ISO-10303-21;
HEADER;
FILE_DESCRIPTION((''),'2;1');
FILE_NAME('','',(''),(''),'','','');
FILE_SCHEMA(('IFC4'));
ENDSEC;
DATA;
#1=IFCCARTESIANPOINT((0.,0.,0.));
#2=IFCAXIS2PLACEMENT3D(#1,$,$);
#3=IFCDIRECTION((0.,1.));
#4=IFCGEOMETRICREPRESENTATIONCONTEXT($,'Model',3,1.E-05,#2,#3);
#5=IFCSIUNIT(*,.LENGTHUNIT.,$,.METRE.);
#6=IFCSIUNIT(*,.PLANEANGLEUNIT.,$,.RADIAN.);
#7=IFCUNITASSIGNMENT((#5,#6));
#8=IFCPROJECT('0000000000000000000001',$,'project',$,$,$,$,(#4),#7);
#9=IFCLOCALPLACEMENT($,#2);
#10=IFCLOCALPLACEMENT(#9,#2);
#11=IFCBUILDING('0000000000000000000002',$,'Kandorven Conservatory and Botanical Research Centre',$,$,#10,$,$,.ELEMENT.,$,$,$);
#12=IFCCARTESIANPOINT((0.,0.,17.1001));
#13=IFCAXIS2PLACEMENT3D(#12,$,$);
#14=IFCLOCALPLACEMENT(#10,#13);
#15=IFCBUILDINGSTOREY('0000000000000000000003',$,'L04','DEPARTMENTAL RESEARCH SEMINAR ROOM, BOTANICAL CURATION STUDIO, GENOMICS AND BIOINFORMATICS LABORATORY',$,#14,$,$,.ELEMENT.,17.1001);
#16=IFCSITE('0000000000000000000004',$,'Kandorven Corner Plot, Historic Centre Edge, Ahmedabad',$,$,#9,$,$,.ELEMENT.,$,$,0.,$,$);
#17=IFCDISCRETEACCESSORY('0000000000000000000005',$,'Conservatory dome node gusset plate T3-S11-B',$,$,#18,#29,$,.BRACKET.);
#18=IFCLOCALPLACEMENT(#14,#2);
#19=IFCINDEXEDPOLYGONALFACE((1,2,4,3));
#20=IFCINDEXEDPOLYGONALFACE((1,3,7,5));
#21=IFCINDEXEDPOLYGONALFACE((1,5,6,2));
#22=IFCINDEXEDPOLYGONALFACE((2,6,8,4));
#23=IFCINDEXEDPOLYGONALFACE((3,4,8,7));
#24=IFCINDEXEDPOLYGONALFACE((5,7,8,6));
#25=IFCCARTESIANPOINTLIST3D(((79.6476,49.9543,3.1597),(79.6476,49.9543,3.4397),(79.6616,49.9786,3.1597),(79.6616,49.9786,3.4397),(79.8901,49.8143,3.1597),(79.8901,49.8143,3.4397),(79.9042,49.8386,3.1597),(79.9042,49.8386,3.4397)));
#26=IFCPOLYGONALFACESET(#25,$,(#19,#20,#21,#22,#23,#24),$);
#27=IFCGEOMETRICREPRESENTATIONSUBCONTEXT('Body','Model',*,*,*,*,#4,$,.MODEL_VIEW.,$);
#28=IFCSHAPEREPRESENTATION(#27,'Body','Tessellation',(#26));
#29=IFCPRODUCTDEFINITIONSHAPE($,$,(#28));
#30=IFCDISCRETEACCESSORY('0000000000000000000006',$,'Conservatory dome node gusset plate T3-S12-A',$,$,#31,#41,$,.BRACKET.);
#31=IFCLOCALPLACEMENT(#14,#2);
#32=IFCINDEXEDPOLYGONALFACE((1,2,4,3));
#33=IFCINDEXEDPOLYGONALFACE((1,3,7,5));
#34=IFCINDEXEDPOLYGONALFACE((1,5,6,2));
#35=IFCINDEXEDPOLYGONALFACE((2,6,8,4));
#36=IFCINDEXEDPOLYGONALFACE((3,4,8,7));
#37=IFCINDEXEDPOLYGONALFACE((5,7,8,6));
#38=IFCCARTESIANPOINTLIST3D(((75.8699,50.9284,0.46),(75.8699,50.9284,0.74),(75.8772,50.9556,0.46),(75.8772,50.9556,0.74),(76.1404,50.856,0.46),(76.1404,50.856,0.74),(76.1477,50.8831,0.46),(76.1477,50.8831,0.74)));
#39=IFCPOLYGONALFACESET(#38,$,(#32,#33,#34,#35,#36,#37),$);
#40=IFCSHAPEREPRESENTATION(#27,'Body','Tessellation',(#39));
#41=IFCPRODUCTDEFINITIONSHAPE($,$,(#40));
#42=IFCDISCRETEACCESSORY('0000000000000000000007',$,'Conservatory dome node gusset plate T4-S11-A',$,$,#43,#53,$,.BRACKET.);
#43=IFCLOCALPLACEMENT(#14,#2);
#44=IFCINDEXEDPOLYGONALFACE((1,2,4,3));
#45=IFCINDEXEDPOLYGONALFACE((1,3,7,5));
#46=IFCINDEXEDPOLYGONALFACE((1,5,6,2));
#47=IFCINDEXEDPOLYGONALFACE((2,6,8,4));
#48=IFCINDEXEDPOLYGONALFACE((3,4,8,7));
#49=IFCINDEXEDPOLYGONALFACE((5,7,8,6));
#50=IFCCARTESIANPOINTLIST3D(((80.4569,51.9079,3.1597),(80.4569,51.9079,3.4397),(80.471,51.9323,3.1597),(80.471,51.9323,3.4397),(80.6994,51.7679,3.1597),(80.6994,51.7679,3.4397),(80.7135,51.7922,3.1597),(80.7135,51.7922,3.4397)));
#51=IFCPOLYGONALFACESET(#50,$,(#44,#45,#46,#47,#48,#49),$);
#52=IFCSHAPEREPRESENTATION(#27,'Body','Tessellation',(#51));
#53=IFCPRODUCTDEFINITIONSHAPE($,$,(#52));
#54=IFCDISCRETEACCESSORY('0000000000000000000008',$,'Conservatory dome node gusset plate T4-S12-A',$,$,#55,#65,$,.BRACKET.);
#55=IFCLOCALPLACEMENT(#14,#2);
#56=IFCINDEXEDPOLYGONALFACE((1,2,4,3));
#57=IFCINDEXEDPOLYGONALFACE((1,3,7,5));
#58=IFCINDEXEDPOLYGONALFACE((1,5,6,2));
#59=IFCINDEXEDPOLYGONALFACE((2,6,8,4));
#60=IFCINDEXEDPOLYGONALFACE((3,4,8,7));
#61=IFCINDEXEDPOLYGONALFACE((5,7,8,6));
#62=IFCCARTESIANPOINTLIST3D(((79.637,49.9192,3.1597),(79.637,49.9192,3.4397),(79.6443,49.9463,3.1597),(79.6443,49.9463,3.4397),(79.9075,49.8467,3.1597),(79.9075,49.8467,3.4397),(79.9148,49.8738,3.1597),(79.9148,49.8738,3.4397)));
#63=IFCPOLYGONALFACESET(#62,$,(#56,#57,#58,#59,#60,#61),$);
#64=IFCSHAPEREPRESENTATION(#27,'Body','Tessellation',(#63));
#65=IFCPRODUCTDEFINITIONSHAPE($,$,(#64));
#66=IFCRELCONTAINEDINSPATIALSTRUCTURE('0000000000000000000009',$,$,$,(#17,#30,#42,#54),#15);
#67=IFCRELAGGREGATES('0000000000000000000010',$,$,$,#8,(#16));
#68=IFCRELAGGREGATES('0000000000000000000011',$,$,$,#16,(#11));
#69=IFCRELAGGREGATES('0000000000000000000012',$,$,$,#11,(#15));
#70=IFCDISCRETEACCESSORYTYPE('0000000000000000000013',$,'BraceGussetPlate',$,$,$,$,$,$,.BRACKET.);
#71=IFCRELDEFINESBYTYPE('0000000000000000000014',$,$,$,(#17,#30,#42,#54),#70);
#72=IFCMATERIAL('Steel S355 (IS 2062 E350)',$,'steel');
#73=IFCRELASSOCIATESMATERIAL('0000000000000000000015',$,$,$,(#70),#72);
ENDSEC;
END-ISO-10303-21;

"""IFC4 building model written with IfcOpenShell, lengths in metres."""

from ifc_helpers import new_model, si_unit, direction, frame, origin, origin_2d, place, context, subcontext, project, spatial, rectangle, extrude, material, type_object, element, save


model = new_model("IFC4")

# Units and contexts
model_context = context("Model", 3, precision=1e-05, world=origin(), true_north=direction((0.0, 1.0)))
body_context = subcontext(model_context, "Body", "Model", "MODEL_VIEW")
ifc_project = project(units=[si_unit("LENGTHUNIT", "METRE"), si_unit("PLANEANGLEUNIT", "RADIAN")], contexts=[model_context])

# Site, building, storey
site_placement = place(None, origin())
site = spatial("IfcSite", under=ifc_project, at=site_placement, Name="Kandorven Corner Plot, Historic Centre Edge, Ahmedabad", CompositionType="ELEMENT", RefElevation=0.0)
building_placement = place(site_placement, origin())
building = spatial("IfcBuilding", under=site, at=building_placement, Name="Kandorven Conservatory and Botanical Research Centre", CompositionType="ELEMENT")
storey_placement = place(building_placement, frame((0.0, 0.0, 17.1001)))
storey = spatial("IfcBuildingStorey", under=building, at=storey_placement, Name="L04", Description="DEPARTMENTAL RESEARCH SEMINAR ROOM, BOTANICAL CURATION STUDIO, GENOMICS AND BIOINFORMATICS LABORATORY", CompositionType="ELEMENT", Elevation=17.1001)

# Discrete accessories
ifc_material_1 = material(Name="Steel S355 (IS 2062 E350)", Category="steel")
discrete_accessory_type = type_object("IfcDiscreteAccessoryType", Name="BraceGussetPlate", PredefinedType="BRACKET", material=ifc_material_1)
for number, where, z_axis, x_axis, name in (
    (1, (79.7759, 49.8965, 3.1597), (0.0, 0.0, 1.0), (-0.866025, 0.5, 0.0), "Conservatory dome node gusset plate T3-S11-B"),
    (2, (76.0088, 50.9058, 0.46), (0.0, 0.0, 1.0), (-0.965926, 0.258819, 0.0), "Conservatory dome node gusset plate T3-S12-A"),
    (3, (80.5852, 51.8501, 3.1597), (0.0, 0.0, 1.0), (-0.866025, 0.5, 0.0), "Conservatory dome node gusset plate T4-S11-A"),
    (4, (79.7759, 49.8965, 3.1597), (0.0, 0.0, 1.0), (-0.965926, 0.258819, 0.0), "Conservatory dome node gusset plate T4-S12-A"),
):
    element("IfcDiscreteAccessory", number, at=place(storey_placement, frame(where, z_axis=z_axis, x_axis=x_axis)), inside=storey, type_object=discrete_accessory_type, Name=name, PredefinedType="BRACKET", context=body_context, shape_type="SweptSolid", body=[
        extrude(rectangle(XDim=0.28, YDim=0.0281, at=origin_2d()), origin(), (0.0, 0.0, 1.0), 0.28),
    ])

save(model, "model.ifc")
